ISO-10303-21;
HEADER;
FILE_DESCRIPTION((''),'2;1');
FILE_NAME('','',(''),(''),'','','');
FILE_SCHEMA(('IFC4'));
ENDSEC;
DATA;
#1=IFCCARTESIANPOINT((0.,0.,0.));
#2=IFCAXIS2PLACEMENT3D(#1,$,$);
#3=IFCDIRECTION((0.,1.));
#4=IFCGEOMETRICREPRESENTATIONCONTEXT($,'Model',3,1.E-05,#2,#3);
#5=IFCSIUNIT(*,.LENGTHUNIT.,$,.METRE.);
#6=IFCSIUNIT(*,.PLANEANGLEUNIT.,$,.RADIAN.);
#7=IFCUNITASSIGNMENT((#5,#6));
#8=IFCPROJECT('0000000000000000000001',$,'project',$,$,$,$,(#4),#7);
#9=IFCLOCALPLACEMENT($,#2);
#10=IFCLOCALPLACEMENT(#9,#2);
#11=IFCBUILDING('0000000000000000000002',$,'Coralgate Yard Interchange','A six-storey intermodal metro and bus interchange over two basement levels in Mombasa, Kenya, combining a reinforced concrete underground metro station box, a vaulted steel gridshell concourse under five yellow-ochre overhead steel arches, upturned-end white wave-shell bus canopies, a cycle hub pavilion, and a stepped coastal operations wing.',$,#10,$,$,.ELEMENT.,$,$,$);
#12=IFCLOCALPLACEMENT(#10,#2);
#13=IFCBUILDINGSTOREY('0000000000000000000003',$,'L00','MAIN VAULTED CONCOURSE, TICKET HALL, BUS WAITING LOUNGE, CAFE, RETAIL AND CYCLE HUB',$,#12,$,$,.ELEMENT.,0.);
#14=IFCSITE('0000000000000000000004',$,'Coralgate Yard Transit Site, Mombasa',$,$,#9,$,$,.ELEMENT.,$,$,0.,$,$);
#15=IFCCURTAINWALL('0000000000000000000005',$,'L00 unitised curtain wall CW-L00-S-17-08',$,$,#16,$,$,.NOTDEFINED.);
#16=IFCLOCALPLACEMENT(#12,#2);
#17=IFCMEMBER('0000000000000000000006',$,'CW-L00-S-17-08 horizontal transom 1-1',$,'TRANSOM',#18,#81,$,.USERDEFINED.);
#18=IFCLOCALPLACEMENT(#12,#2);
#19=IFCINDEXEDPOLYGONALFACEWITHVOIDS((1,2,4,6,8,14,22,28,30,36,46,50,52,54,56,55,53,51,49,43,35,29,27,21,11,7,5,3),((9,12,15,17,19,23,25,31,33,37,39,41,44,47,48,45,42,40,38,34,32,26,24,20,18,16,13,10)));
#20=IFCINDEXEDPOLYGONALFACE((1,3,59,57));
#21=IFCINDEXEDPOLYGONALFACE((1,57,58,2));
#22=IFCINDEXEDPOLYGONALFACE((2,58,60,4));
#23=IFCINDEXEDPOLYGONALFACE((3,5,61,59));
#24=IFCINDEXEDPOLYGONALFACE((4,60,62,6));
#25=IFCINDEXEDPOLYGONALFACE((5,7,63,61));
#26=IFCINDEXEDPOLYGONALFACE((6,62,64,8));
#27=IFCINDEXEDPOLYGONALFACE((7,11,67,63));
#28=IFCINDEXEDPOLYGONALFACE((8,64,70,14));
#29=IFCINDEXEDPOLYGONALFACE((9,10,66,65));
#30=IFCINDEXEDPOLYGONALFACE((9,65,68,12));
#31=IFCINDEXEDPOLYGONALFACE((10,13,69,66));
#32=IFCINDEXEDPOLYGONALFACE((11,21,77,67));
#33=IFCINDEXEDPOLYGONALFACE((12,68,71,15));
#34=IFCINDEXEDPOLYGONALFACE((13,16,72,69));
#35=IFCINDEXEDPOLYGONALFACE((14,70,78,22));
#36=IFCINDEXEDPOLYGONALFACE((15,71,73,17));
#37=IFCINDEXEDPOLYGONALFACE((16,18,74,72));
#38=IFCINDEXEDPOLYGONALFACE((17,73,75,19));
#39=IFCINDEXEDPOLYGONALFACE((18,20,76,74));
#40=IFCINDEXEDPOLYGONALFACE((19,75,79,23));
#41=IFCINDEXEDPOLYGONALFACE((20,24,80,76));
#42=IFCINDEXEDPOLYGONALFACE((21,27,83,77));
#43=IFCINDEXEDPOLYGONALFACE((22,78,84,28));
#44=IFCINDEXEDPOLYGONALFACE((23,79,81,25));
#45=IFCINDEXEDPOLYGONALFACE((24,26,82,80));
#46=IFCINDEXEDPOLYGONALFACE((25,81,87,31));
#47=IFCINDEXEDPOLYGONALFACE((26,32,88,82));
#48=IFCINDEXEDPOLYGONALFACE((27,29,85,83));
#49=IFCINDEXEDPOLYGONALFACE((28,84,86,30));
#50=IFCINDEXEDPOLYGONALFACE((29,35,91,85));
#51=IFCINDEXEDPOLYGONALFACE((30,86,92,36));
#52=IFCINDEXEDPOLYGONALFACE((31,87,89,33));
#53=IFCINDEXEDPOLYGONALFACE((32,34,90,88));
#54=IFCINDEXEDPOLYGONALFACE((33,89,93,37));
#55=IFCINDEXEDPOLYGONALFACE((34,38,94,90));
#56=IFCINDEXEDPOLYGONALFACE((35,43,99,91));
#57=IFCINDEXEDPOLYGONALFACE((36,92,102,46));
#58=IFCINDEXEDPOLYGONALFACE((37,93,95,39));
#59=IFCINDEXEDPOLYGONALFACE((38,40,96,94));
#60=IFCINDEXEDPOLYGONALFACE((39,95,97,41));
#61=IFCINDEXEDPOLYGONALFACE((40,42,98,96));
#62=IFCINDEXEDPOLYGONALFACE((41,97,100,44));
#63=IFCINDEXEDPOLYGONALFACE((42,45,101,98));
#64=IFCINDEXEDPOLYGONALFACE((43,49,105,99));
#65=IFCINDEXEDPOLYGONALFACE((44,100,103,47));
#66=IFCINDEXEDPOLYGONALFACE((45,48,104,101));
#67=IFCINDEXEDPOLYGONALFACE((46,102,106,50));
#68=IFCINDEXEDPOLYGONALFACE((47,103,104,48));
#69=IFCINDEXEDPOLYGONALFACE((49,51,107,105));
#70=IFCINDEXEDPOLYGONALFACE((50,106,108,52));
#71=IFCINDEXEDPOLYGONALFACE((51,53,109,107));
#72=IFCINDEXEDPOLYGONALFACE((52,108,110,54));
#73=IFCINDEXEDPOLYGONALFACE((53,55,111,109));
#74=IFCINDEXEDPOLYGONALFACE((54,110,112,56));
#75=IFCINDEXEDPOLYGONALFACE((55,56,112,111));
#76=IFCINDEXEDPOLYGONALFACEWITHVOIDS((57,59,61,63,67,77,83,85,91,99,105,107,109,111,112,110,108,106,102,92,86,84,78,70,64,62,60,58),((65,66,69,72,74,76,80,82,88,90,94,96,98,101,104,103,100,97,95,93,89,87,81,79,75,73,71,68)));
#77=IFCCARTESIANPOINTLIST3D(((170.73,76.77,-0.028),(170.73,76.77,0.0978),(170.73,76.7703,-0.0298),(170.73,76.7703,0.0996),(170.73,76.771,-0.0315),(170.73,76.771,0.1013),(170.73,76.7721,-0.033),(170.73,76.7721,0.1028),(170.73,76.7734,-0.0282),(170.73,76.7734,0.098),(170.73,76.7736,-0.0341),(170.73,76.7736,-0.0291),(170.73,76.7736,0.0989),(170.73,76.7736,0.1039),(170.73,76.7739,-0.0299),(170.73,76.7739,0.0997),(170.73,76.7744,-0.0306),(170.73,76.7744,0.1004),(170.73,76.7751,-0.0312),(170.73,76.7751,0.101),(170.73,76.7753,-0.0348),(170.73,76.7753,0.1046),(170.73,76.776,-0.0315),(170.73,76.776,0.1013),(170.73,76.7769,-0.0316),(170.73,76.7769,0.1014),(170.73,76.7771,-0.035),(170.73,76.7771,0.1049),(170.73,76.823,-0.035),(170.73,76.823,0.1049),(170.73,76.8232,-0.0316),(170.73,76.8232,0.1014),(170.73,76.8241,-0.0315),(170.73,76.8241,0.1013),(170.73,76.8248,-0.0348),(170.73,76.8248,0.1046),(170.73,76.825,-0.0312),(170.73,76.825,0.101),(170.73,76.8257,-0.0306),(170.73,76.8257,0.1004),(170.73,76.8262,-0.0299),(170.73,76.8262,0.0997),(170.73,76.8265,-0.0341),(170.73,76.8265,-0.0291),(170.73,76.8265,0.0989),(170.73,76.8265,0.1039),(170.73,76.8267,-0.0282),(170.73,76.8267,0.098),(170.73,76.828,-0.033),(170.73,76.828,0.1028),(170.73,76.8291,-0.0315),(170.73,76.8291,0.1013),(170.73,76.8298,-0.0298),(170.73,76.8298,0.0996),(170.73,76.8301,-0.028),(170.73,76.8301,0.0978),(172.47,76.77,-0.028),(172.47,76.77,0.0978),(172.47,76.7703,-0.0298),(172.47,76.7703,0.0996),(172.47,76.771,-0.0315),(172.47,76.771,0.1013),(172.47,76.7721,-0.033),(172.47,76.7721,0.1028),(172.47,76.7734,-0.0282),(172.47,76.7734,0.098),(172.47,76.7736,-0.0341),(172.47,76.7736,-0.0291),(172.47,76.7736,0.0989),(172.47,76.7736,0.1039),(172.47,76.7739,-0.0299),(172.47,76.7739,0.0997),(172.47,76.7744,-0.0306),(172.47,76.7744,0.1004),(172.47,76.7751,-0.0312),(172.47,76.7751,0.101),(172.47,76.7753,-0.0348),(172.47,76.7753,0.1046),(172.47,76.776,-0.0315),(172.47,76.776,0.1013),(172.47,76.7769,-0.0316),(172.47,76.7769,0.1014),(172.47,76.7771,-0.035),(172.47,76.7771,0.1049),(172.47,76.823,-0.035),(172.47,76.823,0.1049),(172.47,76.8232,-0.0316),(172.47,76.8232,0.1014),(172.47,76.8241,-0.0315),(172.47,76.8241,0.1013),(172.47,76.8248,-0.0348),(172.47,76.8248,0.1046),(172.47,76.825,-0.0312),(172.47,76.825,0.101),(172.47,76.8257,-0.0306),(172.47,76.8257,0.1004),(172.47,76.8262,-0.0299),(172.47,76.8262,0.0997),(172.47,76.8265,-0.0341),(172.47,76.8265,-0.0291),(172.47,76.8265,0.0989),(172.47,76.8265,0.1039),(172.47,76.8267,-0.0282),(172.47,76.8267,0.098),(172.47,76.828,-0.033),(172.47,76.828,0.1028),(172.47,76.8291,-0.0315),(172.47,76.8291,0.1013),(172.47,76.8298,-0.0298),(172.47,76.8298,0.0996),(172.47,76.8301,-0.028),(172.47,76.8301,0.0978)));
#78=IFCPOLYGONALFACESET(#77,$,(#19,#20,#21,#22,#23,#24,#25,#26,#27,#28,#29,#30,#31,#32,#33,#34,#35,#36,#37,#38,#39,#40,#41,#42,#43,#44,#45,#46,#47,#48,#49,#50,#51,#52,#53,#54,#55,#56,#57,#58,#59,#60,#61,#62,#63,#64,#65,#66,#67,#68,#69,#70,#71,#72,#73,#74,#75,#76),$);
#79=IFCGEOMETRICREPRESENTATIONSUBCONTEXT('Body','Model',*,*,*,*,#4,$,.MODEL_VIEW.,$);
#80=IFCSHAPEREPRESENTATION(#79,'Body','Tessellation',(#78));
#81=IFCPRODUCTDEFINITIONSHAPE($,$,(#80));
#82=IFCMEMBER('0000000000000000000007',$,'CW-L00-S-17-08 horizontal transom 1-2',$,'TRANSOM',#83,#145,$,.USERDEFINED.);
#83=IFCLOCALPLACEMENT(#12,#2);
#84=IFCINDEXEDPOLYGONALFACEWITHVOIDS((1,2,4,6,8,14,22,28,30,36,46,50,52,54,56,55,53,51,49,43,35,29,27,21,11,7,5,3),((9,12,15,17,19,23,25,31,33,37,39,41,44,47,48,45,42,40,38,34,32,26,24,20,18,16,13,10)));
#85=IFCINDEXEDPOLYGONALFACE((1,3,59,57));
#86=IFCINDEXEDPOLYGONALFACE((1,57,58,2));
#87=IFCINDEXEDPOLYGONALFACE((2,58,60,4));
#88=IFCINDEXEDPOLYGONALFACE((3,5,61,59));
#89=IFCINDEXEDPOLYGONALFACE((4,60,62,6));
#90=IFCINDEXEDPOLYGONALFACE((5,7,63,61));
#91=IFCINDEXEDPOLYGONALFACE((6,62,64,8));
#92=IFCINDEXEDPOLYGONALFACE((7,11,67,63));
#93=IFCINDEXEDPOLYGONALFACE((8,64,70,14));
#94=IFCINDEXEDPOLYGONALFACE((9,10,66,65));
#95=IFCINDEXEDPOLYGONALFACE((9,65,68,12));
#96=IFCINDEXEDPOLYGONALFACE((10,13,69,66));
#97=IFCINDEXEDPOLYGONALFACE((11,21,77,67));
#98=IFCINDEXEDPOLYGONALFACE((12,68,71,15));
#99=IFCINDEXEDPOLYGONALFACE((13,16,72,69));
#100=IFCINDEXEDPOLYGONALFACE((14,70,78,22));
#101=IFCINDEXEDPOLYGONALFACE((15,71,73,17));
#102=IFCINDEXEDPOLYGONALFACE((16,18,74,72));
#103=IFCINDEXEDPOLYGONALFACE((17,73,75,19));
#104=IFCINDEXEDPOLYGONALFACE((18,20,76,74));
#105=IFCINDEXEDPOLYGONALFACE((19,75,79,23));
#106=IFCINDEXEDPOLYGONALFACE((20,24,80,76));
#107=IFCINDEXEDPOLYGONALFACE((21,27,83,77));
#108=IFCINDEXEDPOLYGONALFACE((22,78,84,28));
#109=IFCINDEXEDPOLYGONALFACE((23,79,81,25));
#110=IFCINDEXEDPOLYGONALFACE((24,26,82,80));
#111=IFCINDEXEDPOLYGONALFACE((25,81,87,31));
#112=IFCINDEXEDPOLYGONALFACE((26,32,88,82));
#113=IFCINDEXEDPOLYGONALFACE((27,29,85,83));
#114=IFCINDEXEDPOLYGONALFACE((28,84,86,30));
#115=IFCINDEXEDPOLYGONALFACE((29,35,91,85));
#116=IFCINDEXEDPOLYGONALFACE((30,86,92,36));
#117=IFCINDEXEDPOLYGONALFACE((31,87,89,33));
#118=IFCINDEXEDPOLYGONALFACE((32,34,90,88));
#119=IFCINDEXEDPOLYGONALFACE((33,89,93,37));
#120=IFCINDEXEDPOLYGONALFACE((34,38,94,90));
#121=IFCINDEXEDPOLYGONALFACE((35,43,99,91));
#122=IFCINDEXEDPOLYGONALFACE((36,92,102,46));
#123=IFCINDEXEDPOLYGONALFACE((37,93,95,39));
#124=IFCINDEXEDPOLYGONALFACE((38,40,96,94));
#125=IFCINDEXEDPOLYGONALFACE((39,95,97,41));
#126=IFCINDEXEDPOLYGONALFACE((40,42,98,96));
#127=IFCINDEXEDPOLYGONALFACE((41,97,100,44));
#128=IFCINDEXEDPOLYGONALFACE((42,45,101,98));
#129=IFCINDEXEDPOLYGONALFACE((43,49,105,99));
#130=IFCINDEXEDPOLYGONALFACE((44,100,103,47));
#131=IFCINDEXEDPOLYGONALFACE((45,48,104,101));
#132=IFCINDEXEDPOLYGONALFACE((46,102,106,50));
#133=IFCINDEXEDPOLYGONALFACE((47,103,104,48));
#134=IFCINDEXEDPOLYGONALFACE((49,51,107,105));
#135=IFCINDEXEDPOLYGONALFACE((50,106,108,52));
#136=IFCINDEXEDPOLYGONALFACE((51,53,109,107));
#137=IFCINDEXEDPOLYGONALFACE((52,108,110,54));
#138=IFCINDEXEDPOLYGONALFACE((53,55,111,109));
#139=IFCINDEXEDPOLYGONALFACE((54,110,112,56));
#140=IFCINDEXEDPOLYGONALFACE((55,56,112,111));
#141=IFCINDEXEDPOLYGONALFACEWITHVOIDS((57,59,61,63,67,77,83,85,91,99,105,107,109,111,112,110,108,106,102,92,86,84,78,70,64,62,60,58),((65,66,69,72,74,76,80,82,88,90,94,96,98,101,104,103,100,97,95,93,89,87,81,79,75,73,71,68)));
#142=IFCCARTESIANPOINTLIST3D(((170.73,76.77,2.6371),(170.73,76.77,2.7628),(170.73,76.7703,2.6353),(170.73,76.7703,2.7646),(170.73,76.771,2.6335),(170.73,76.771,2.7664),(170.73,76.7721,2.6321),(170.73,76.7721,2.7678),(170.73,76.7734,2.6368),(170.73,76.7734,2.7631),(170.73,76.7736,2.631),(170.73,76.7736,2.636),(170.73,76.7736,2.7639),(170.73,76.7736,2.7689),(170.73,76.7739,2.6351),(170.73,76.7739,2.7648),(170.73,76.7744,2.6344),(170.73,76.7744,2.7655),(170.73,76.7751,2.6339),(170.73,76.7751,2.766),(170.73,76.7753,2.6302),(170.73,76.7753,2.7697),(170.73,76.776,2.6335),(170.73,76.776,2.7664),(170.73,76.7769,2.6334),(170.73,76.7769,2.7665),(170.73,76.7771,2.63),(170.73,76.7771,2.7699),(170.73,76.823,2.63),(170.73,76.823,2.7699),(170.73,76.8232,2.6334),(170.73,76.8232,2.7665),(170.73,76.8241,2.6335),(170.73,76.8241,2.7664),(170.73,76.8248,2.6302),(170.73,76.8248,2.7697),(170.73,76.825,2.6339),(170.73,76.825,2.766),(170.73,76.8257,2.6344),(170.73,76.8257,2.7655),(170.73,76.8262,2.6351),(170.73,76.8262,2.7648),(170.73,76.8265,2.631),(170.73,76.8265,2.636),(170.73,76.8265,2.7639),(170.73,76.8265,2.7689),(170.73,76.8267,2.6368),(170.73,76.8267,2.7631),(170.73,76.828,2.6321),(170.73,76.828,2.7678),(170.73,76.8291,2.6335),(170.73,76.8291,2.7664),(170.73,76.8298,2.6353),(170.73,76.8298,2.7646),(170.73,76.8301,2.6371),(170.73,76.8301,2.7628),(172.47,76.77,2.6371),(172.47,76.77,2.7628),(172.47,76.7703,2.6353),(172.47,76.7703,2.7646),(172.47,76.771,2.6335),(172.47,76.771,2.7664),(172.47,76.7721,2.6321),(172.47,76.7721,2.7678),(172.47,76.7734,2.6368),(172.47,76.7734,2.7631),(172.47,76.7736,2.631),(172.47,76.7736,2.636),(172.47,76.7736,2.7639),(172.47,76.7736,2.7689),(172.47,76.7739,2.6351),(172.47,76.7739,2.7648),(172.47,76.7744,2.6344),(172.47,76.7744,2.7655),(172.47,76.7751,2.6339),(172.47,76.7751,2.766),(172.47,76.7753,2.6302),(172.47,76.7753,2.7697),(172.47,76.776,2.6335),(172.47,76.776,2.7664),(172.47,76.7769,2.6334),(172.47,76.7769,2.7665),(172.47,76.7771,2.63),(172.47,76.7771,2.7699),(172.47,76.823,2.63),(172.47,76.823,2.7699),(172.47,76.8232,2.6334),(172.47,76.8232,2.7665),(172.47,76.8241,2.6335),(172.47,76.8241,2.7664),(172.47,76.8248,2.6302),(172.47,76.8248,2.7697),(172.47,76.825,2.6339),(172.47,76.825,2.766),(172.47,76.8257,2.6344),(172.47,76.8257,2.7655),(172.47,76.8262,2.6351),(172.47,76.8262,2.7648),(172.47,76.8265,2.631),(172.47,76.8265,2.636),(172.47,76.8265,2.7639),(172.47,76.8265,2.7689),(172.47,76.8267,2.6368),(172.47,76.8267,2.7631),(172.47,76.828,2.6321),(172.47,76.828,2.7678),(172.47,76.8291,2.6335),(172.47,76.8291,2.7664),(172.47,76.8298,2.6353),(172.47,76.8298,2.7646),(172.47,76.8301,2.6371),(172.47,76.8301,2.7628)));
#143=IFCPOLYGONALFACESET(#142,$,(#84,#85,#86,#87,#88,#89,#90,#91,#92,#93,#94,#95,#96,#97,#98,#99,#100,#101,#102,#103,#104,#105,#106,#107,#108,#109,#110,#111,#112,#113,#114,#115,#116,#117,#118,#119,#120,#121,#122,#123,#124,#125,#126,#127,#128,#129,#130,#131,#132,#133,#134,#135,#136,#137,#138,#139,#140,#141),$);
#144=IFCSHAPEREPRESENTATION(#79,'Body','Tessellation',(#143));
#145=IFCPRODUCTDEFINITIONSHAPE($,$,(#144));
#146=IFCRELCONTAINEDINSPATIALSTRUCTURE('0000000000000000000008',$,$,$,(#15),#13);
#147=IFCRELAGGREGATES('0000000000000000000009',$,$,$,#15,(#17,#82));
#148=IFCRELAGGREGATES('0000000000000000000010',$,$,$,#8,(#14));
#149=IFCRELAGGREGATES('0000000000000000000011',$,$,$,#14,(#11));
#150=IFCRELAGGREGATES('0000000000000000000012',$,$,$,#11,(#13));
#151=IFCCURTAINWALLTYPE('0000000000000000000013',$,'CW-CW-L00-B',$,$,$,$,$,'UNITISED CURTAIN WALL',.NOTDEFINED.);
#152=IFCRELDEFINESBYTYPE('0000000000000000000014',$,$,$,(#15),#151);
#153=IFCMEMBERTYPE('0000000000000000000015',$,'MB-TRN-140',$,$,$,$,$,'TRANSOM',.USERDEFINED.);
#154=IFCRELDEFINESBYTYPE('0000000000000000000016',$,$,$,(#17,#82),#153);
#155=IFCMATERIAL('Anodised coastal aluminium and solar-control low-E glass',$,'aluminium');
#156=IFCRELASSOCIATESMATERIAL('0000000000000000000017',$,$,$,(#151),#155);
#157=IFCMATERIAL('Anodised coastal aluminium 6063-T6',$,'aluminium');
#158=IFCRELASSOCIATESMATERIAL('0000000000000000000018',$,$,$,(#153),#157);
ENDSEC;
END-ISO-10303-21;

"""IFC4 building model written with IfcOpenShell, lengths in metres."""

from ifc_helpers import new_model, si_unit, direction, frame, origin, origin_2d, place, context, subcontext, project, spatial, hollow_rectangle, extrude, material, material_profile, profile_set, type_object, element, aggregate, save


model = new_model("IFC4")

# Units and contexts
model_context = context("Model", 3, precision=1e-05, world=origin(), true_north=direction((0.0, 1.0)))
body_context = subcontext(model_context, "Body", "Model", "MODEL_VIEW")
ifc_project = project(units=[si_unit("LENGTHUNIT", "METRE"), si_unit("PLANEANGLEUNIT", "RADIAN")], contexts=[model_context])

# Site, building, storey
site_placement = place(None, origin())
site = spatial("IfcSite", under=ifc_project, at=site_placement, Name="Coralgate Yard Transit Site, Mombasa", CompositionType="ELEMENT", RefElevation=0.0)
building_placement = place(site_placement, origin())
building = spatial("IfcBuilding", under=site, at=building_placement, Name="Coralgate Yard Interchange", Description="A six-storey intermodal metro and bus interchange over two basement levels in Mombasa, Kenya, combining a reinforced concrete underground metro station box, a vaulted steel gridshell concourse under five yellow-ochre overhead steel arches, upturned-end white wave-shell bus canopies, a cycle hub pavilion, and a stepped coastal operations wing.", CompositionType="ELEMENT")
storey_placement = place(building_placement, origin())
storey = spatial("IfcBuildingStorey", under=building, at=storey_placement, Name="L00", Description="MAIN VAULTED CONCOURSE, TICKET HALL, BUS WAITING LOUNGE, CAFE, RETAIL AND CYCLE HUB", CompositionType="ELEMENT", Elevation=0.0)

# Shared definitions
ifc_material_1 = material(Name="Anodised coastal aluminium and solar-control low-E glass", Category="aluminium")
ifc_material_2 = material(Name="Anodised coastal aluminium 6063-T6", Category="aluminium")

# Curtain wall
curtain_wall_type_1 = type_object("IfcCurtainWallType", Name="CW-CW-L00-B", ElementType="UNITISED CURTAIN WALL", PredefinedType="NOTDEFINED", material=ifc_material_1)
curtain_wall_1_placement = place(storey_placement, origin())
curtain_wall_1 = element("IfcCurtainWall", 1, at=curtain_wall_1_placement, inside=storey, type_object=curtain_wall_type_1, Name="L00 unitised curtain wall CW-L00-S-17-08", PredefinedType="NOTDEFINED")

# Members
ifc_material_profile_1 = material_profile(ifc_material_2, hollow_rectangle(XDim=0.0601, YDim=0.1399, WallThickness=0.0034, InnerFilletRadius=0.0034, OuterFilletRadius=0.0071, at=origin_2d()), Name="ALU 60x140x3.5")
ifc_profile_set_1 = profile_set([ifc_material_profile_1], Name="Anodised coastal aluminium 6063-T6")
member_type_1 = type_object("IfcMemberType", Name="MB-TRN-140", ElementType="TRANSOM", PredefinedType="USERDEFINED", material=ifc_profile_set_1)
member_1_placement = place(storey_placement, frame((172.47, 76.8, 0.0349), z_axis=(-1.0, 0.0, 0.0), x_axis=(0.0, -1.0, 0.0)))
member_1 = element("IfcMember", 2, at=member_1_placement, type_object=member_type_1, Name="CW-L00-S-17-08 horizontal transom 1-1", ObjectType="TRANSOM", PredefinedType="USERDEFINED", context=body_context, shape_type="SweptSolid", body=[
    extrude(hollow_rectangle(XDim=0.0601, YDim=0.1399, WallThickness=0.0034, InnerFilletRadius=0.0034, OuterFilletRadius=0.0071, at=origin_2d()), origin(), (0.0, 0.0, 1.0), 1.74),
])
member_2_placement = place(storey_placement, frame((172.47, 76.8, 2.7), z_axis=(-1.0, 0.0, 0.0), x_axis=(0.0, -1.0, 0.0)))
member_2 = element("IfcMember", 3, at=member_2_placement, type_object=member_type_1, Name="CW-L00-S-17-08 horizontal transom 1-2", ObjectType="TRANSOM", PredefinedType="USERDEFINED", context=body_context, shape_type="SweptSolid", body=[
    extrude(hollow_rectangle(XDim=0.0601, YDim=0.1399, WallThickness=0.0034, InnerFilletRadius=0.0034, OuterFilletRadius=0.0071, at=origin_2d()), origin(), (0.0, 0.0, 1.0), 1.74),
])

aggregate(curtain_wall_1, [member_1, member_2])

save(model, "model.ifc")
